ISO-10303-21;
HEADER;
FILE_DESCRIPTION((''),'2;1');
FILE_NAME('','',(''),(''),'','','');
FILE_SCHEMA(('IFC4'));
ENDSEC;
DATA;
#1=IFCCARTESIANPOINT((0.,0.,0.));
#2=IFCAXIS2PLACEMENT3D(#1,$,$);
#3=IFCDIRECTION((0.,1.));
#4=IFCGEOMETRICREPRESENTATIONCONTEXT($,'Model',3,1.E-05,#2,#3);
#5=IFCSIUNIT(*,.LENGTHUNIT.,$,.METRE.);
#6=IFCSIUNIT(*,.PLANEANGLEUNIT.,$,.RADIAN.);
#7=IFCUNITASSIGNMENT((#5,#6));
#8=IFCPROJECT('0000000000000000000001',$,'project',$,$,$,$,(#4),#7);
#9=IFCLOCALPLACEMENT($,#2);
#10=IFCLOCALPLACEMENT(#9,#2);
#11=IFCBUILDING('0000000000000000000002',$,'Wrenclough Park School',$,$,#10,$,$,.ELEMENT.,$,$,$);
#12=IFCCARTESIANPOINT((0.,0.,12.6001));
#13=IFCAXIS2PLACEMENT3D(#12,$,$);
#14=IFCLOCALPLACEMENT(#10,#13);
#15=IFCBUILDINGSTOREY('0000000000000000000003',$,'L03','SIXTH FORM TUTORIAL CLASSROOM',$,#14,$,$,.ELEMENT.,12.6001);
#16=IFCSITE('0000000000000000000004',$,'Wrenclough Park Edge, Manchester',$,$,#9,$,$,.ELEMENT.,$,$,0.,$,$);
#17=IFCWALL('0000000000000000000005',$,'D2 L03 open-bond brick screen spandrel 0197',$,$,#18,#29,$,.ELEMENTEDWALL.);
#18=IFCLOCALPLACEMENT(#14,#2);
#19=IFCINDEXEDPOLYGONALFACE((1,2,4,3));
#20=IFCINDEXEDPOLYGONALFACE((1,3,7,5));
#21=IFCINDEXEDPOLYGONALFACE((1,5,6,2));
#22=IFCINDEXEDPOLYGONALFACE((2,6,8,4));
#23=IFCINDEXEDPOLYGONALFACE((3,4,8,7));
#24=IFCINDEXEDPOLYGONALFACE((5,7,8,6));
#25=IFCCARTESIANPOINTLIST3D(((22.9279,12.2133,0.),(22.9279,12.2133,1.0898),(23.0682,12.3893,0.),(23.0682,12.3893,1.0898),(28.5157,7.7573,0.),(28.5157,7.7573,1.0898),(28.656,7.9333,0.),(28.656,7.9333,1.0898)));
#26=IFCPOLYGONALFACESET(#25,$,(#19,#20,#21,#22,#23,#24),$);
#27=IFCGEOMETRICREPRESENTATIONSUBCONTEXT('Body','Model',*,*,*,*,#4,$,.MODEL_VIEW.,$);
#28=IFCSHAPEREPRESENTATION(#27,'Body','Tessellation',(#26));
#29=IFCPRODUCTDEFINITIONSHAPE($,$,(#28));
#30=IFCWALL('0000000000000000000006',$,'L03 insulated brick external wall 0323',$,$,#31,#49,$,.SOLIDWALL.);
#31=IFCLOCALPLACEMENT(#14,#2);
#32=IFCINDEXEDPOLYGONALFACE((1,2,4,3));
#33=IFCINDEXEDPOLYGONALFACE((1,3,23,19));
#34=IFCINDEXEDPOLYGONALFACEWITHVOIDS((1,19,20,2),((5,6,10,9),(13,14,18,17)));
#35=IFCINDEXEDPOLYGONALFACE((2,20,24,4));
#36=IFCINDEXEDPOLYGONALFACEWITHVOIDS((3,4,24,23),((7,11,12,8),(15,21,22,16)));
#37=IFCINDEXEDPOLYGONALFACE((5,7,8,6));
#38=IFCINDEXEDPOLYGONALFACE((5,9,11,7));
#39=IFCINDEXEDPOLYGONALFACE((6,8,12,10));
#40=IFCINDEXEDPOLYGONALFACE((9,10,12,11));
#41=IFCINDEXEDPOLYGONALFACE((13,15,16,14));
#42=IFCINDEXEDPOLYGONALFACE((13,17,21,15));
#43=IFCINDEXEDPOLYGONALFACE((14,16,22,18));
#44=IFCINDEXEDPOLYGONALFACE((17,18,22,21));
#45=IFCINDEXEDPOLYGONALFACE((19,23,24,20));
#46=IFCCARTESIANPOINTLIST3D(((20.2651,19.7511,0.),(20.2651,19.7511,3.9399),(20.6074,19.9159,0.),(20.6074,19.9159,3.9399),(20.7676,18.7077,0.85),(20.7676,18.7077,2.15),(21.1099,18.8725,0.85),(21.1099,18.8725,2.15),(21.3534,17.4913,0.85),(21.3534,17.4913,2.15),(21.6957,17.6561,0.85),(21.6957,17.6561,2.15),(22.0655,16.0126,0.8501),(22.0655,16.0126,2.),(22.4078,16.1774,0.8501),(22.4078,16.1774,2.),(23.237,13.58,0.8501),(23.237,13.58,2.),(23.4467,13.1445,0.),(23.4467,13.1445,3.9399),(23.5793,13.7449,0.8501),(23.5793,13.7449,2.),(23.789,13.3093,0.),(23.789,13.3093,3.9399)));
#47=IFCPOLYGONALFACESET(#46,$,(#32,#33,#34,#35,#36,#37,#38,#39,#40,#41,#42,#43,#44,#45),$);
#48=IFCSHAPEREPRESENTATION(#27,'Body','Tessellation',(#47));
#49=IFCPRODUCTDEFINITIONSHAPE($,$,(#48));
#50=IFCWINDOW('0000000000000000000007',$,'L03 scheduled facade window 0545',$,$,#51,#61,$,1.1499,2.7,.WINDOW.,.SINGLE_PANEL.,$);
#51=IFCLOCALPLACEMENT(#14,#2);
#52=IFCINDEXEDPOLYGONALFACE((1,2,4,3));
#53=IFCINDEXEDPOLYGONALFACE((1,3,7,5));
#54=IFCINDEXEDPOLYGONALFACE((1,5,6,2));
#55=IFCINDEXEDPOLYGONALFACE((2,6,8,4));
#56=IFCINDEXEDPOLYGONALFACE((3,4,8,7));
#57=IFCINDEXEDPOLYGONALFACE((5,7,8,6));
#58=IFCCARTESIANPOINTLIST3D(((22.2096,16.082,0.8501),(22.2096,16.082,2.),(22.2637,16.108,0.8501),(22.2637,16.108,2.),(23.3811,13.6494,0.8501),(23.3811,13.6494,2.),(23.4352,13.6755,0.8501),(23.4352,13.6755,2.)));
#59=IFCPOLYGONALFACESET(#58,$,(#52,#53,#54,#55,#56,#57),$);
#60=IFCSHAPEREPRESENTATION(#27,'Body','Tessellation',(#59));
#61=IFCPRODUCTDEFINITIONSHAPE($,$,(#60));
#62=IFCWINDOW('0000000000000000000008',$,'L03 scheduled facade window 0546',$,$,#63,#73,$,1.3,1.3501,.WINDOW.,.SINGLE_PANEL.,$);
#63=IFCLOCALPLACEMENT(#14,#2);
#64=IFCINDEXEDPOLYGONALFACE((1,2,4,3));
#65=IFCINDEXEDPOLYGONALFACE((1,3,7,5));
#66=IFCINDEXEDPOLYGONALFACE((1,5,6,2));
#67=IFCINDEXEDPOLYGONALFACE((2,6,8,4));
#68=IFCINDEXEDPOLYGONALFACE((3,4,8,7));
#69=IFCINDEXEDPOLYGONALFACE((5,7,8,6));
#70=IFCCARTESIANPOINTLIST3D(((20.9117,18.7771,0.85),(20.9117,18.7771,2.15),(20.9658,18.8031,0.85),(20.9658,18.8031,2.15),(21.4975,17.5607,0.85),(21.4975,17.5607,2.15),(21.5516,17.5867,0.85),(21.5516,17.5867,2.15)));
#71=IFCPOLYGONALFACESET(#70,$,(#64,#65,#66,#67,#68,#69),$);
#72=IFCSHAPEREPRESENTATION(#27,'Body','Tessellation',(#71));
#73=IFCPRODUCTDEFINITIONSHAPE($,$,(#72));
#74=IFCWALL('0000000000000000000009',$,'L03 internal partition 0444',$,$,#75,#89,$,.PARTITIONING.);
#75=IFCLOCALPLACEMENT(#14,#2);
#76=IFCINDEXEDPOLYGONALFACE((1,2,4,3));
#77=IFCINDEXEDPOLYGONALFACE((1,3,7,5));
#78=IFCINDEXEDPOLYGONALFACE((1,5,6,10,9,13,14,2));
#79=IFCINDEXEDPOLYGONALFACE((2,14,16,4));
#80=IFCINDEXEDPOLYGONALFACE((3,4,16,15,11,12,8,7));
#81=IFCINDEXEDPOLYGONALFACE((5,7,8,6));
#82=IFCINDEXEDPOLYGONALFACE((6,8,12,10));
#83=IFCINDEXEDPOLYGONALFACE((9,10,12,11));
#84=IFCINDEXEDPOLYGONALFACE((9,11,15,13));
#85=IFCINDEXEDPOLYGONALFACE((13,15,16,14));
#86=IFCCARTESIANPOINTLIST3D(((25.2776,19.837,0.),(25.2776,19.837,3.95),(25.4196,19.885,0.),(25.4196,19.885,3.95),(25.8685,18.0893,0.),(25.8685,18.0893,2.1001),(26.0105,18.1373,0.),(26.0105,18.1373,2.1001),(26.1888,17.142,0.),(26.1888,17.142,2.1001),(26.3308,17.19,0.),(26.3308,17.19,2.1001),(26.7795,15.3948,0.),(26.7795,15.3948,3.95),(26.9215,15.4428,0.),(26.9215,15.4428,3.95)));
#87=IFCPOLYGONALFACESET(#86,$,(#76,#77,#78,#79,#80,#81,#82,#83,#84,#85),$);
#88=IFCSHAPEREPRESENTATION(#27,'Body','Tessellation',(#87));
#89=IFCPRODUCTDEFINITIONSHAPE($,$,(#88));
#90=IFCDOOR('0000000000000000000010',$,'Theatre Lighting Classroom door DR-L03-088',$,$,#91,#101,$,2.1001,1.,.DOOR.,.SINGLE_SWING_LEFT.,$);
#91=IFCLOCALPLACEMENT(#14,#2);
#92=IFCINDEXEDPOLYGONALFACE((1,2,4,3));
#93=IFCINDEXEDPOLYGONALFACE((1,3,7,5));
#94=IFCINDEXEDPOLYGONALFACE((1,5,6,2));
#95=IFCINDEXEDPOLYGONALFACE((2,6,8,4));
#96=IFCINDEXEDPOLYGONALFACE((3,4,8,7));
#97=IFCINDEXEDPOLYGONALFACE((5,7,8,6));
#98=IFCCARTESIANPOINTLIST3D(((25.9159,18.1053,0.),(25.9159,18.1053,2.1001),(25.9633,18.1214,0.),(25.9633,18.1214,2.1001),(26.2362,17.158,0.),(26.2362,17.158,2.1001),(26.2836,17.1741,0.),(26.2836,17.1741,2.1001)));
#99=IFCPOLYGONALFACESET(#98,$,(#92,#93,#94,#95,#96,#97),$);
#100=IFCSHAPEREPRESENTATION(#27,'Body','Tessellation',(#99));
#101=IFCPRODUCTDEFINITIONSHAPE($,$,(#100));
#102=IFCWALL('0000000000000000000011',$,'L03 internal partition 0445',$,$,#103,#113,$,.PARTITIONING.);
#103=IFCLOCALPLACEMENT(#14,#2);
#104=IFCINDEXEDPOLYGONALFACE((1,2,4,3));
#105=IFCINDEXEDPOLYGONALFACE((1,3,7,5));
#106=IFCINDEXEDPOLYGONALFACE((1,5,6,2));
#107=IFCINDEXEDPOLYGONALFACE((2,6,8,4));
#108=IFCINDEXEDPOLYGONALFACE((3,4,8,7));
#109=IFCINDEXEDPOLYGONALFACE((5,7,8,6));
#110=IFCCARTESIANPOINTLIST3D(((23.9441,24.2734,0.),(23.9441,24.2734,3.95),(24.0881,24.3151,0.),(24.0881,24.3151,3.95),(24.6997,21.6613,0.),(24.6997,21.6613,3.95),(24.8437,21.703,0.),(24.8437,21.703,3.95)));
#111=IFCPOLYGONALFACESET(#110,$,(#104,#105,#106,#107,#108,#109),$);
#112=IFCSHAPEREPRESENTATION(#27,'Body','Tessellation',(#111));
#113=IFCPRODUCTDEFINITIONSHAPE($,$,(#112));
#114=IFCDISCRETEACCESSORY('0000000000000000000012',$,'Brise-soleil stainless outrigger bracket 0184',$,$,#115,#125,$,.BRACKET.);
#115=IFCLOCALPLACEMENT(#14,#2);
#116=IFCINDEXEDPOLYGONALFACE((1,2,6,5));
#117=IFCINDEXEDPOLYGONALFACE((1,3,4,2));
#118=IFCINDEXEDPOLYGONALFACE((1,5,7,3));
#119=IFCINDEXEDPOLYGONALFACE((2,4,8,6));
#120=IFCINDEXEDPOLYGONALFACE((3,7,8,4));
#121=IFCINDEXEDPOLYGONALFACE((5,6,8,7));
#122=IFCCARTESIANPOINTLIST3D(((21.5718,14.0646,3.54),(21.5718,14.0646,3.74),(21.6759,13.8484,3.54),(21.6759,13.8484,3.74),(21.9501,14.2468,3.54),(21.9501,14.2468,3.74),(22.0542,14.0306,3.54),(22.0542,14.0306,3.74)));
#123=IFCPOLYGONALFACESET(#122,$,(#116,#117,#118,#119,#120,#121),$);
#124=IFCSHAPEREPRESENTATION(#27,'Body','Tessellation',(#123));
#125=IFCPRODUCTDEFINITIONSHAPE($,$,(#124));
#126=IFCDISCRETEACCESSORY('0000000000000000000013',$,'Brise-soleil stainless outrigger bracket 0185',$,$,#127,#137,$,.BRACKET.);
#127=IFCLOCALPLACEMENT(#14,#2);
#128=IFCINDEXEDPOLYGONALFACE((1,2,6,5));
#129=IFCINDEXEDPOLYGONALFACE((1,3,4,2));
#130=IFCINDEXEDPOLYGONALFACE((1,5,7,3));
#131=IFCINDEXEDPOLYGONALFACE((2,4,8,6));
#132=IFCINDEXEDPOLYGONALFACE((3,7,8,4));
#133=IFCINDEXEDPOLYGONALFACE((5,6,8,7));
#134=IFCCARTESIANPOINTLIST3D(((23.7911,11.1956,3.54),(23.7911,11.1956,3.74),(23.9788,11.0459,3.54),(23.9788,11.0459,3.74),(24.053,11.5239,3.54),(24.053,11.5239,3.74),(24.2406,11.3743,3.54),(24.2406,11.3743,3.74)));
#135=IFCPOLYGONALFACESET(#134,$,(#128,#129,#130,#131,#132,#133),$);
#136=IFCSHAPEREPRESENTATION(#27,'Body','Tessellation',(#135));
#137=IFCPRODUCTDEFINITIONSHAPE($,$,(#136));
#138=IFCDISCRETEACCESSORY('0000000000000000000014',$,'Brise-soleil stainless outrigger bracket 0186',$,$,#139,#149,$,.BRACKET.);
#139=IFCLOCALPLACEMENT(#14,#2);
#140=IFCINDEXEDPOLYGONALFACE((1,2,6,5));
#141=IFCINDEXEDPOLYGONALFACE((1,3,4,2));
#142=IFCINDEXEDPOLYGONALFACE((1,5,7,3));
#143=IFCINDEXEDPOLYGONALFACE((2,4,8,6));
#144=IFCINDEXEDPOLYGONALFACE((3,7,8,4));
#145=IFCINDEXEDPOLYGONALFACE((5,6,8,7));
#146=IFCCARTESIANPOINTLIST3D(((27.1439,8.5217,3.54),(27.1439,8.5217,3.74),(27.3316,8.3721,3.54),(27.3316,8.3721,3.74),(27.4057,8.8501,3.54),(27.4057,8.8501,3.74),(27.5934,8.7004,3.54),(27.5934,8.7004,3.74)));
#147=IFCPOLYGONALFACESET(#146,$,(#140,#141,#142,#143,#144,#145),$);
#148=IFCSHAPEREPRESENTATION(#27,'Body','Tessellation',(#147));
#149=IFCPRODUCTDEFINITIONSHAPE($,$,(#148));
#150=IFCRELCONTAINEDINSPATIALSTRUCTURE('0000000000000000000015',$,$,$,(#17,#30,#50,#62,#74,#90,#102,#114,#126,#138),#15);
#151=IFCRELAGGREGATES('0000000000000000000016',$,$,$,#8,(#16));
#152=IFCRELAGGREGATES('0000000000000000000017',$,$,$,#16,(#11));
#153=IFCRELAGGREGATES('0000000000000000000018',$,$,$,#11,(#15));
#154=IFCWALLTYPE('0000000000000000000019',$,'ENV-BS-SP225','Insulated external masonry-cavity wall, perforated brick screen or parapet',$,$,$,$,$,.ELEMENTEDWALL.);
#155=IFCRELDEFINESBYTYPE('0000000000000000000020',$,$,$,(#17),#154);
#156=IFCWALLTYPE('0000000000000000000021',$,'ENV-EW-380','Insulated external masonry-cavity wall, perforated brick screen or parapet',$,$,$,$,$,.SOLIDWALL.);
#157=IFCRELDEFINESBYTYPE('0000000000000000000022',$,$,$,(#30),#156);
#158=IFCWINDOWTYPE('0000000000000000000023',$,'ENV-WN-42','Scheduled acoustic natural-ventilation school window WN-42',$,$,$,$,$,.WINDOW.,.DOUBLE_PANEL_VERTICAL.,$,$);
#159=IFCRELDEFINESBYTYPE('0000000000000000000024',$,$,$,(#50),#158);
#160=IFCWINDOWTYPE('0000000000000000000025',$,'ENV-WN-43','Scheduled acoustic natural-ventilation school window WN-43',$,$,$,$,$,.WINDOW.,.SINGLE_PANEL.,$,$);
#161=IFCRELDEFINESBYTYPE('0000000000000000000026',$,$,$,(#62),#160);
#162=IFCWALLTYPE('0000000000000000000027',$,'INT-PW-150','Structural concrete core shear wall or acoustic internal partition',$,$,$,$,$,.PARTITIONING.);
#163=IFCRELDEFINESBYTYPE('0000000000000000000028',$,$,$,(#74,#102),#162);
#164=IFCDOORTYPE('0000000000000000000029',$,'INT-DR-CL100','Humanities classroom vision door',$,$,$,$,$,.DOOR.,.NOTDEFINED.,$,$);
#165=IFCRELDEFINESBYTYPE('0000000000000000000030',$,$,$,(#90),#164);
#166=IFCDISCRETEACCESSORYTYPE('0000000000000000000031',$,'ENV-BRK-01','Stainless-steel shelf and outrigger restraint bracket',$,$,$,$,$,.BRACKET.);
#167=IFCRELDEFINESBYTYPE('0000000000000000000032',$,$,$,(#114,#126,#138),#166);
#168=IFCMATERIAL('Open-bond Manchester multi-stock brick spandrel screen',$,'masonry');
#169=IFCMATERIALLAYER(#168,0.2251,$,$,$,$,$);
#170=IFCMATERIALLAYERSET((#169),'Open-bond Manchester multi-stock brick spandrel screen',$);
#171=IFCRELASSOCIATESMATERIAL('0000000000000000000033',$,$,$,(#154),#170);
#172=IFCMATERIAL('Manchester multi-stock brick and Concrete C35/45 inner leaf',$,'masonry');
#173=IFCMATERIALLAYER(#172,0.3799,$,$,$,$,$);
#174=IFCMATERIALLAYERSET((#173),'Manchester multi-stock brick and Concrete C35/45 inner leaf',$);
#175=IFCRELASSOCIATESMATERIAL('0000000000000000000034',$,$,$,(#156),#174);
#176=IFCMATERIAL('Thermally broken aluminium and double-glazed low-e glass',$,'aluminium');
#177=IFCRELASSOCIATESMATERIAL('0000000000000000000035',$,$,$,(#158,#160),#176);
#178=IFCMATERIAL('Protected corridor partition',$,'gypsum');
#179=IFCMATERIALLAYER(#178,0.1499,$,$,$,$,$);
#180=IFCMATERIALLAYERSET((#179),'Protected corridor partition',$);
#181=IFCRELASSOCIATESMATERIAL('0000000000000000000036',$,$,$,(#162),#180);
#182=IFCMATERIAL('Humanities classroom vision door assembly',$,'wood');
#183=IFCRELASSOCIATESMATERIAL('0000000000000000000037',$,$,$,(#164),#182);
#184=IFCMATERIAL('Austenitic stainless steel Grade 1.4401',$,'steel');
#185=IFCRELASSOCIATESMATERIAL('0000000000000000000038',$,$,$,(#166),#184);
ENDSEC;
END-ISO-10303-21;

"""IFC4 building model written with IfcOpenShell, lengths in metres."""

from ifc_helpers import new_model, si_unit, direction, frame, frame_2d, origin, origin_2d, place, context, subcontext, project, spatial, rectangle, extrude, material, layer, layer_set, type_object, element, fill, save


model = new_model("IFC4")

# Units and contexts
model_context = context("Model", 3, precision=1e-05, world=origin(), true_north=direction((0.0, 1.0)))
body_context = subcontext(model_context, "Body", "Model", "MODEL_VIEW")
ifc_project = project(units=[si_unit("LENGTHUNIT", "METRE"), si_unit("PLANEANGLEUNIT", "RADIAN")], contexts=[model_context])

# Site, building, storey
site_placement = place(None, origin())
site = spatial("IfcSite", under=ifc_project, at=site_placement, Name="Wrenclough Park Edge, Manchester", CompositionType="ELEMENT", RefElevation=0.0)
building_placement = place(site_placement, origin())
building = spatial("IfcBuilding", under=site, at=building_placement, Name="Wrenclough Park School", CompositionType="ELEMENT")
storey_placement = place(building_placement, frame((0.0, 0.0, 12.6001)))
storey = spatial("IfcBuildingStorey", under=building, at=storey_placement, Name="L03", Description="SIXTH FORM TUTORIAL CLASSROOM", CompositionType="ELEMENT", Elevation=12.6001)

# Wall
ifc_material_1 = material(Name="Open-bond Manchester multi-stock brick spandrel screen", Category="masonry")
ifc_layer_1 = layer(ifc_material_1, 0.2251)
ifc_layer_set_1 = layer_set([ifc_layer_1], Name="Open-bond Manchester multi-stock brick spandrel screen")
wall_type_1 = type_object("IfcWallType", Name="ENV-BS-SP225", Description="Insulated external masonry-cavity wall, perforated brick screen or parapet", PredefinedType="ELEMENTEDWALL", material=ifc_layer_set_1)
wall_1_placement = place(storey_placement, frame((22.998, 12.3013, 0.0), z_axis=(0.0, 0.0, 1.0), x_axis=(0.781841, -0.623478, 0.0)))
element("IfcWall", 1, at=wall_1_placement, inside=storey, type_object=wall_type_1, Name="D2 L03 open-bond brick screen spandrel 0197", PredefinedType="ELEMENTEDWALL", context=body_context, shape_type="SweptSolid", body=[
    extrude(rectangle(XDim=7.147, YDim=0.2251, at=frame_2d((3.5735, 0.0))), origin(), (0.0, 0.0, 1.0), 1.0898),
])

# Wall, openings, windows
ifc_material_2 = material(Name="Manchester multi-stock brick and Concrete C35/45 inner leaf", Category="masonry")
ifc_layer_2 = layer(ifc_material_2, 0.3799)
ifc_layer_set_2 = layer_set([ifc_layer_2], Name="Manchester multi-stock brick and Concrete C35/45 inner leaf")
wall_type_2 = type_object("IfcWallType", Name="ENV-EW-380", Description="Insulated external masonry-cavity wall, perforated brick screen or parapet", PredefinedType="SOLIDWALL", material=ifc_layer_set_2)
wall_2_placement = place(storey_placement, frame((23.6179, 13.2268, 0.0), z_axis=(0.0, 0.0, 1.0), x_axis=(-0.433887, 0.900967, 0.0)))
wall_2 = element("IfcWall", 2, at=wall_2_placement, inside=storey, type_object=wall_type_2, Name="L03 insulated brick external wall 0323", PredefinedType="SOLIDWALL", context=body_context, shape_type="SweptSolid", body=[
    extrude(rectangle(XDim=7.3328, YDim=0.3799, at=frame_2d((3.6665, 0.0))), origin(), (0.0, 0.0, 1.0), 3.9399),
])
opening_1_placement = place(wall_2_placement, frame((0.4834, 0.0, 0.8501)))
opening_1 = element("IfcOpeningElement", 3, at=opening_1_placement, cuts=wall_2, PredefinedType="OPENING", context=body_context, shape_type="SweptSolid", body=[
    extrude(rectangle(XDim=2.7, YDim=1.1499, at=frame_2d((1.3501, 0.575))), frame((0.0, 0.2, 0.0), z_axis=(0.0, -1.0, 0.0), x_axis=(1.0, 0.0, 0.0)), (0.0, 0.0, 1.0), 0.3999),
])
opening_2_placement = place(wall_2_placement, frame((4.8247, 0.0, 0.8501)))
opening_2 = element("IfcOpeningElement", 4, at=opening_2_placement, cuts=wall_2, PredefinedType="OPENING", context=body_context, shape_type="SweptSolid", body=[
    extrude(rectangle(XDim=1.3501, YDim=1.3, at=frame_2d((0.675, 0.6499))), frame((0.0, 0.2, 0.0), z_axis=(0.0, -1.0, 0.0), x_axis=(1.0, 0.0, 0.0)), (0.0, 0.0, 1.0), 0.3999),
])
ifc_material_3 = material(Name="Thermally broken aluminium and double-glazed low-e glass", Category="aluminium")
window_type_1 = type_object("IfcWindowType", Name="ENV-WN-42", Description="Scheduled acoustic natural-ventilation school window WN-42", PartitioningType="DOUBLE_PANEL_VERTICAL", PredefinedType="WINDOW", material=ifc_material_3)
window_1_placement = place(opening_1_placement, origin())
window_1 = element("IfcWindow", 5, at=window_1_placement, inside=storey, type_object=window_type_1, Name="L03 scheduled facade window 0545", OverallHeight=1.1499, OverallWidth=2.7, PartitioningType="SINGLE_PANEL", PredefinedType="WINDOW", context=body_context, shape_type="SweptSolid", body=[
    extrude(rectangle(XDim=2.7, YDim=1.1499, at=frame_2d((1.3501, 0.575))), frame((0.0, 0.03, 0.0), z_axis=(0.0, -1.0, 0.0), x_axis=(1.0, 0.0, 0.0)), (0.0, 0.0, 1.0), 0.0601),
])
fill(opening_1, window_1)
window_type_2 = type_object("IfcWindowType", Name="ENV-WN-43", Description="Scheduled acoustic natural-ventilation school window WN-43", PartitioningType="SINGLE_PANEL", PredefinedType="WINDOW", material=ifc_material_3)
window_2_placement = place(opening_2_placement, origin())
window_2 = element("IfcWindow", 6, at=window_2_placement, inside=storey, type_object=window_type_2, Name="L03 scheduled facade window 0546", OverallHeight=1.3, OverallWidth=1.3501, PartitioningType="SINGLE_PANEL", PredefinedType="WINDOW", context=body_context, shape_type="SweptSolid", body=[
    extrude(rectangle(XDim=1.3501, YDim=1.3, at=frame_2d((0.675, 0.6499))), frame((0.0, 0.03, 0.0), z_axis=(0.0, -1.0, 0.0), x_axis=(1.0, 0.0, 0.0)), (0.0, 0.0, 1.0), 0.0601),
])
fill(opening_2, window_2)

# Wall, opening, door
ifc_material_4 = material(Name="Protected corridor partition", Category="gypsum")
ifc_layer_3 = layer(ifc_material_4, 0.1499)
ifc_layer_set_3 = layer_set([ifc_layer_3], Name="Protected corridor partition")
wall_type_3 = type_object("IfcWallType", Name="INT-PW-150", Description="Structural concrete core shear wall or acoustic internal partition", PredefinedType="PARTITIONING", material=ifc_layer_set_3)
wall_3_placement = place(storey_placement, frame((26.8506, 15.4187, 0.0), z_axis=(0.0, 0.0, 1.0), x_axis=(-0.320302, 0.947316, 0.0)))
wall_3 = element("IfcWall", 7, at=wall_3_placement, inside=storey, type_object=wall_type_3, Name="L03 internal partition 0444", PredefinedType="PARTITIONING", context=body_context, shape_type="SweptSolid", body=[
    extrude(rectangle(XDim=4.6892, YDim=0.1499, at=frame_2d((2.3447, 0.0))), origin(), (0.0, 0.0, 1.0), 3.95),
])
opening_3_placement = place(wall_3_placement, frame((1.8445, 0.0, 0.0)))
opening_3 = element("IfcOpeningElement", 8, at=opening_3_placement, cuts=wall_3, PredefinedType="OPENING", context=body_context, shape_type="SweptSolid", body=[
    extrude(rectangle(XDim=1.0, YDim=2.1001, at=frame_2d((0.5, 1.05))), frame((0.0, 0.085, 0.0), z_axis=(0.0, -1.0, 0.0), x_axis=(1.0, 0.0, 0.0)), (0.0, 0.0, 1.0), 0.1699),
])
ifc_material_5 = material(Name="Humanities classroom vision door assembly", Category="wood")
door_type = type_object("IfcDoorType", Name="INT-DR-CL100", Description="Humanities classroom vision door", OperationType="NOTDEFINED", PredefinedType="DOOR", material=ifc_material_5)
door_placement = place(opening_3_placement, origin())
door = element("IfcDoor", 9, at=door_placement, inside=storey, type_object=door_type, Name="Theatre Lighting Classroom door DR-L03-088", OperationType="SINGLE_SWING_LEFT", OverallHeight=2.1001, OverallWidth=1.0, PredefinedType="DOOR", context=body_context, shape_type="SweptSolid", body=[
    extrude(rectangle(XDim=1.0, YDim=2.1001, at=frame_2d((0.5, 1.05))), frame((0.0, 0.0249, 0.0), z_axis=(0.0, -1.0, 0.0), x_axis=(1.0, 0.0, 0.0)), (0.0, 0.0, 1.0), 0.05),
])
fill(opening_3, door)

# Wall
wall_4_placement = place(storey_placement, frame((24.7717, 21.6821, 0.0), z_axis=(0.0, 0.0, 1.0), x_axis=(-0.277886, 0.960614, 0.0)))
element("IfcWall", 10, at=wall_4_placement, inside=storey, type_object=wall_type_3, Name="L03 internal partition 0445", PredefinedType="PARTITIONING", context=body_context, shape_type="SweptSolid", body=[
    extrude(rectangle(XDim=2.7192, YDim=0.1499, at=frame_2d((1.3596, 0.0))), origin(), (0.0, 0.0, 1.0), 3.95),
])

# Discrete accessories
ifc_material_6 = material(Name="Austenitic stainless steel Grade 1.4401", Category="steel")
discrete_accessory_type = type_object("IfcDiscreteAccessoryType", Name="ENV-BRK-01", Description="Stainless-steel shelf and outrigger restraint bracket", PredefinedType="BRACKET", material=ifc_material_6)
for number, where, z_axis, x_axis, name in (
    (11, (21.813, 14.0476, 3.54), (0.0, 0.0, 1.0), (0.433883, -0.900969, 0.0), "Brise-soleil stainless outrigger bracket 0184"),
    (12, (24.0159, 11.2849, 3.54), (0.0, 0.0, 1.0), (0.781832, -0.62349, 0.0), "Brise-soleil stainless outrigger bracket 0185"),
    (13, (27.3687, 8.6111, 3.54), (0.0, 0.0, 1.0), (0.781832, -0.62349, 0.0), "Brise-soleil stainless outrigger bracket 0186"),
):
    element("IfcDiscreteAccessory", number, at=place(storey_placement, frame(where, z_axis=z_axis, x_axis=x_axis)), inside=storey, type_object=discrete_accessory_type, Name=name, PredefinedType="BRACKET", context=body_context, shape_type="SweptSolid", body=[
        extrude(rectangle(XDim=0.24, YDim=0.4199, at=origin_2d()), origin(), (0.0, 0.0, 1.0), 0.2),
    ])

save(model, "model.ifc")
